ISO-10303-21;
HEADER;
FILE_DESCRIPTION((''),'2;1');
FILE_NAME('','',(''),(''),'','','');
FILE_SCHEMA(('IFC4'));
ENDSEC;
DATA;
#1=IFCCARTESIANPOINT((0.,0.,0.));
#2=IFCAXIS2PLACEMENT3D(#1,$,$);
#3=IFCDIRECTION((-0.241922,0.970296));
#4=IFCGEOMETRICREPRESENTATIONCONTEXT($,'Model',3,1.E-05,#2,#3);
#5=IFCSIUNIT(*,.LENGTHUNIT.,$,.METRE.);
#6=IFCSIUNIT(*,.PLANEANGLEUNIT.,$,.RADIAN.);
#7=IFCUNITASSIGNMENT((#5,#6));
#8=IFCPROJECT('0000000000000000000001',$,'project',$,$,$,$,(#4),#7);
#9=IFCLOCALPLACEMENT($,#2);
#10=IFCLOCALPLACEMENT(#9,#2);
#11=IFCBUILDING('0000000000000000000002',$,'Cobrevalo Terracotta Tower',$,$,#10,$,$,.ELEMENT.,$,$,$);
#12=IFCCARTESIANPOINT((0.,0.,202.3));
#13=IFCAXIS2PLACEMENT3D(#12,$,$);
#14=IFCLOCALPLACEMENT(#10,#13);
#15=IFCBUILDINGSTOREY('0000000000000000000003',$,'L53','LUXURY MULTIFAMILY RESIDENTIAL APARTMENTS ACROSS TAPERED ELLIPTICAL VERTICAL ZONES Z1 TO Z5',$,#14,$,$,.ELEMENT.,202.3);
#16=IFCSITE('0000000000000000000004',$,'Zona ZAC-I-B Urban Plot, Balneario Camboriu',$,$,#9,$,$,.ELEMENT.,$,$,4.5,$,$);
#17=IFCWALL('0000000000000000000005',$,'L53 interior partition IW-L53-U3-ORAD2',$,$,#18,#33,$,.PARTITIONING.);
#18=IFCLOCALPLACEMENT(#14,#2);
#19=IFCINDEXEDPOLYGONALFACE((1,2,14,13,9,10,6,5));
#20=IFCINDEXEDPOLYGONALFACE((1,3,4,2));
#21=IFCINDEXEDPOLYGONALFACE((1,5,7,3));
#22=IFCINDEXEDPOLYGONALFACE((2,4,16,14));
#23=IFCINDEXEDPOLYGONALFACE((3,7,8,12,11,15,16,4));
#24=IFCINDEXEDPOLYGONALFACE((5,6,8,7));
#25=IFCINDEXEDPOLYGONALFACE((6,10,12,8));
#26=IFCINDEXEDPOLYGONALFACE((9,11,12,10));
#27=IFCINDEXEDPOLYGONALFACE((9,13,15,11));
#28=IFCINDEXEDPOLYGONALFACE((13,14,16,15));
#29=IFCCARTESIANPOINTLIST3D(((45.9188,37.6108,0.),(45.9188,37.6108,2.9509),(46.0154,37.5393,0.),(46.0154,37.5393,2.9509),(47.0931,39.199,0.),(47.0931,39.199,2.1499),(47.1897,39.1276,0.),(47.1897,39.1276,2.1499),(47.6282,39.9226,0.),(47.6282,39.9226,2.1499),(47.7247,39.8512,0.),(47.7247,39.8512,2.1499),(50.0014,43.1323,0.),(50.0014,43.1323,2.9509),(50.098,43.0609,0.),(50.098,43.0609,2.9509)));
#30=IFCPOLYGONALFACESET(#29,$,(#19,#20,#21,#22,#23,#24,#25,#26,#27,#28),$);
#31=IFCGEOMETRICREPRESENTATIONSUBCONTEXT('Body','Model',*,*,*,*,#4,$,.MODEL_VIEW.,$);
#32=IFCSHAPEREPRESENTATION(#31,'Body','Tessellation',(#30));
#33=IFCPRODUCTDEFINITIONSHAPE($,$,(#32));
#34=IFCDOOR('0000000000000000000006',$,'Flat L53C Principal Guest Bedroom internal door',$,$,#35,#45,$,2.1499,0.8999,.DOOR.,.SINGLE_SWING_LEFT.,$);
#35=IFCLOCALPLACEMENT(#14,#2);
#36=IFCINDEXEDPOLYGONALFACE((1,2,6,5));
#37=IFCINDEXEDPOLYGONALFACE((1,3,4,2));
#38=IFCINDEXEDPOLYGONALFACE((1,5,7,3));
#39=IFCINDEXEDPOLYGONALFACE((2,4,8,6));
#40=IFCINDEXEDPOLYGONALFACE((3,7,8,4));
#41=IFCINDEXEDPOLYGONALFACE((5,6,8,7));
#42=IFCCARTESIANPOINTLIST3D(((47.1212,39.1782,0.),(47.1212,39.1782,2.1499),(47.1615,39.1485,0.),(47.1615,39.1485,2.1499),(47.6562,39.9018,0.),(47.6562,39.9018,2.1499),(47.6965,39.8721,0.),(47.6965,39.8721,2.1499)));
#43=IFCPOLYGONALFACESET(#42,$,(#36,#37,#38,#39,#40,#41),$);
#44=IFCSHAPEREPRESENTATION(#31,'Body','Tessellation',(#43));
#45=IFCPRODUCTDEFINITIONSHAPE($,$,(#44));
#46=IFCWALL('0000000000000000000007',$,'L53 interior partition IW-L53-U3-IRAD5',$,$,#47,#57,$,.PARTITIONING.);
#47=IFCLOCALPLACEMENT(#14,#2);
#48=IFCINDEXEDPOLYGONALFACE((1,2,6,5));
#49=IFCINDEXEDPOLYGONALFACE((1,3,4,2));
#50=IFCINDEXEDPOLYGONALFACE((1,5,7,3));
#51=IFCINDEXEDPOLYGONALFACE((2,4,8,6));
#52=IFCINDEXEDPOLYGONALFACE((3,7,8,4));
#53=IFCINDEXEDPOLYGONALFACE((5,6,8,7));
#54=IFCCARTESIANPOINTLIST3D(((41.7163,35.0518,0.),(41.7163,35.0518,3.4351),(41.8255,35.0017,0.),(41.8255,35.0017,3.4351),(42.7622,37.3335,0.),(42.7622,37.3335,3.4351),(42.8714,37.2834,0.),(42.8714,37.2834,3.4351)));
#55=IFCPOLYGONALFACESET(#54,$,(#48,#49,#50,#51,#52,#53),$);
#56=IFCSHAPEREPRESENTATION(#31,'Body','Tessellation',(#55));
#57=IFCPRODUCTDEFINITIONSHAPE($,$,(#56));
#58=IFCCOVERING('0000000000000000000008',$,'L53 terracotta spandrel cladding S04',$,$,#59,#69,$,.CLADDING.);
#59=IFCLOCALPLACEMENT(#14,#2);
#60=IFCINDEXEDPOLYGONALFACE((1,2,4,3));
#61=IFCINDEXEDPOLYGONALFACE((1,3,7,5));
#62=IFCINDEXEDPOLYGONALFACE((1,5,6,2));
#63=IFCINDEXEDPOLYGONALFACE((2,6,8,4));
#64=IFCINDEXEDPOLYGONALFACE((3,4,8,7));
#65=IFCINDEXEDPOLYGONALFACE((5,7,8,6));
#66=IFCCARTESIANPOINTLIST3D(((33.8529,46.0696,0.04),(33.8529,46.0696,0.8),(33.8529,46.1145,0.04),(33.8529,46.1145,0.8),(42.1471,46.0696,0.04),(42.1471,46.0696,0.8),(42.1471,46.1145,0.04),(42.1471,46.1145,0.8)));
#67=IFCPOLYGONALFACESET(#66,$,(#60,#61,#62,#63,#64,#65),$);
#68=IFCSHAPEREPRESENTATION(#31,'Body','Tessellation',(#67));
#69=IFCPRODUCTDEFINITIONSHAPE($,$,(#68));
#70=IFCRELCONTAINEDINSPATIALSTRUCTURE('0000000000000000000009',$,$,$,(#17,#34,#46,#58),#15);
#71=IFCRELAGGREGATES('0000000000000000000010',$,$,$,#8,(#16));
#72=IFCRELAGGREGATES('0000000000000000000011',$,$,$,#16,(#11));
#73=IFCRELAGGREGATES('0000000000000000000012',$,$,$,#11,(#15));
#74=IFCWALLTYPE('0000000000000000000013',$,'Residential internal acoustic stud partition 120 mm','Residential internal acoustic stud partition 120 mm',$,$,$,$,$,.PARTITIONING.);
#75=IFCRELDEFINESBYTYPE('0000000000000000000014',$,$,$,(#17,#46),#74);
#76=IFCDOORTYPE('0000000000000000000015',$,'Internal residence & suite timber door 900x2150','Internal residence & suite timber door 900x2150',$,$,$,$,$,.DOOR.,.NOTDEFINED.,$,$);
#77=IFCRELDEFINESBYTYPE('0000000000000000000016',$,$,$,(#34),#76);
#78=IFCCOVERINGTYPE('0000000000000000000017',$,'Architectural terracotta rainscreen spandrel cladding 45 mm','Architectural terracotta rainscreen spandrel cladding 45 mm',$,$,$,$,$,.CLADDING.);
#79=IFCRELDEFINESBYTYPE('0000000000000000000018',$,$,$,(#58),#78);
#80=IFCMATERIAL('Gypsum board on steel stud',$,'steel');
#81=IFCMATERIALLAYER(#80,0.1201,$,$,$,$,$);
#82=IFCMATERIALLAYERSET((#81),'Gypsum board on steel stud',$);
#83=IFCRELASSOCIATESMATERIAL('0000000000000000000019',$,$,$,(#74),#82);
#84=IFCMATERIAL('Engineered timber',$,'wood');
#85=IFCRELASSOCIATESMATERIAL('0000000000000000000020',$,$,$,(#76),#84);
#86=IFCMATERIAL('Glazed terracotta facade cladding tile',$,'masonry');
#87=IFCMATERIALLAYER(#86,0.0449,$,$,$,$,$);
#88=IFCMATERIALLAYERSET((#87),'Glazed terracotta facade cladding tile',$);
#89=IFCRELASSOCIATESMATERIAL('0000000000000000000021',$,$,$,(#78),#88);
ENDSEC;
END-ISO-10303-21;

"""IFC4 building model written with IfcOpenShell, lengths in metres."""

from ifc_helpers import new_model, si_unit, direction, frame, frame_2d, origin, origin_2d, place, context, subcontext, project, spatial, rectangle, extrude, source, transform, mapped, material, layer, layer_set, type_object, element, fill, save


model = new_model("IFC4")

# Units and contexts
model_context = context("Model", 3, precision=1e-05, world=origin(), true_north=direction((-0.241922, 0.970296)))
body_context = subcontext(model_context, "Body", "Model", "MODEL_VIEW")
ifc_project = project(units=[si_unit("LENGTHUNIT", "METRE"), si_unit("PLANEANGLEUNIT", "RADIAN")], contexts=[model_context])

# Site, building, storey
site_placement = place(None, origin())
site = spatial("IfcSite", under=ifc_project, at=site_placement, Name="Zona ZAC-I-B Urban Plot, Balneario Camboriu", CompositionType="ELEMENT", RefElevation=4.5)
building_placement = place(site_placement, origin())
building = spatial("IfcBuilding", under=site, at=building_placement, Name="Cobrevalo Terracotta Tower", CompositionType="ELEMENT")
storey_placement = place(building_placement, frame((0.0, 0.0, 202.3)))
storey = spatial("IfcBuildingStorey", under=building, at=storey_placement, Name="L53", Description="LUXURY MULTIFAMILY RESIDENTIAL APARTMENTS ACROSS TAPERED ELLIPTICAL VERTICAL ZONES Z1 TO Z5", CompositionType="ELEMENT", Elevation=202.3)

# Shared definitions
ifc_material_1 = material(Name="Gypsum board on steel stud", Category="steel")

# Shared definitions
ifc_layer_1 = layer(ifc_material_1, 0.1201)
ifc_layer_set_1 = layer_set([ifc_layer_1], Name="Gypsum board on steel stud")
wall_type_1 = type_object("IfcWallType", Name="Residential internal acoustic stud partition 120 mm", Description="Residential internal acoustic stud partition 120 mm", PredefinedType="PARTITIONING", material=ifc_layer_set_1)

# Shared definitions
ifc_material_2 = material(Name="Engineered timber", Category="wood")
door_type = type_object("IfcDoorType", Name="Internal residence & suite timber door 900x2150", Description="Internal residence & suite timber door 900x2150", OperationType="NOTDEFINED", PredefinedType="DOOR", material=ifc_material_2)
shared_shape_1 = source(origin(), body_context, "Body", "SweptSolid", [
    extrude(rectangle(XDim=0.8999, YDim=2.1499, at=frame_2d((0.45, 1.075))), frame((0.0, 0.0249, 0.0), z_axis=(0.0, -1.0, 0.0), x_axis=(1.0, 0.0, 0.0)), (0.0, 0.0, 1.0), 0.05),
])

# Wall, opening, door
wall_1_placement = place(storey_placement, frame((45.967, 37.575, 0.0), z_axis=(0.0, 0.0, 1.0), x_axis=(0.594525, 0.804077, 0.0)))
wall_1 = element("IfcWall", 1, at=wall_1_placement, inside=storey, type_object=wall_type_1, Name="L53 interior partition IW-L53-U3-ORAD2", PredefinedType="PARTITIONING", context=body_context, shape_type="SweptSolid", body=[
    extrude(rectangle(XDim=6.8669, YDim=0.1201, at=frame_2d((3.4336, 0.0))), origin(), (0.0, 0.0, 1.0), 2.9509),
])
opening_1_placement = place(wall_1_placement, frame((1.9753, 0.0, 0.0)))
opening_1 = element("IfcOpeningElement", 2, at=opening_1_placement, cuts=wall_1, PredefinedType="OPENING", context=body_context, shape_type="SweptSolid", body=[
    extrude(rectangle(XDim=0.8999, YDim=2.1499, at=frame_2d((0.45, 1.075))), frame((0.0, 0.0701, 0.0), z_axis=(0.0, -1.0, 0.0), x_axis=(1.0, 0.0, 0.0)), (0.0, 0.0, 1.0), 0.1401),
])
door_1_placement = place(opening_1_placement, frame((0.8999, 0.0, 0.0), z_axis=(0.0, 0.0, 1.0), x_axis=(-1.0, 0.0, 0.0)))
door_1 = element("IfcDoor", 3, at=door_1_placement, inside=storey, type_object=door_type, Name="Flat L53C Principal Guest Bedroom internal door", OperationType="SINGLE_SWING_LEFT", OverallHeight=2.1499, OverallWidth=0.8999, PredefinedType="DOOR", context=body_context, shape_type="MappedRepresentation", body=[
    mapped(shared_shape_1, transform((0.0, 0.0, 0.0), scale=1.0)),
])
fill(opening_1, door_1)

# Wall
wall_2_placement = place(storey_placement, frame((41.771, 35.0269, 0.0), z_axis=(0.0, 0.0, 1.0), x_axis=(0.416688, 0.909049, 0.0)))
element("IfcWall", 4, at=wall_2_placement, inside=storey, type_object=wall_type_1, Name="L53 interior partition IW-L53-U3-IRAD5", PredefinedType="PARTITIONING", context=body_context, shape_type="SweptSolid", body=[
    extrude(rectangle(XDim=2.51, YDim=0.1201, at=frame_2d((1.2549, 0.0))), origin(), (0.0, 0.0, 1.0), 3.4351),
])

# Covering
ifc_material_3 = material(Name="Glazed terracotta facade cladding tile", Category="masonry")
ifc_layer_2 = layer(ifc_material_3, 0.0449)
ifc_layer_set_2 = layer_set([ifc_layer_2], Name="Glazed terracotta facade cladding tile")
covering_type = type_object("IfcCoveringType", Name="Architectural terracotta rainscreen spandrel cladding 45 mm", Description="Architectural terracotta rainscreen spandrel cladding 45 mm", PredefinedType="CLADDING", material=ifc_layer_set_2)
shared_shape_2 = source(origin(), body_context, "Body", "SweptSolid", [
    extrude(rectangle(XDim=8.2942, YDim=0.0449, at=origin_2d()), origin(), (0.0, 0.0, 1.0), 0.76),
])
covering_placement = place(storey_placement, frame((38.0, 46.092, 0.04), z_axis=(0.0, 0.0, 1.0), x_axis=(-1.0, 0.0, 0.0)))
element("IfcCovering", 5, at=covering_placement, inside=storey, type_object=covering_type, Name="L53 terracotta spandrel cladding S04", PredefinedType="CLADDING", context=body_context, shape_type="MappedRepresentation", body=[
    mapped(shared_shape_2, transform((0.0, 0.0, 0.0), scale=1.0)),
])

save(model, "model.ifc")
